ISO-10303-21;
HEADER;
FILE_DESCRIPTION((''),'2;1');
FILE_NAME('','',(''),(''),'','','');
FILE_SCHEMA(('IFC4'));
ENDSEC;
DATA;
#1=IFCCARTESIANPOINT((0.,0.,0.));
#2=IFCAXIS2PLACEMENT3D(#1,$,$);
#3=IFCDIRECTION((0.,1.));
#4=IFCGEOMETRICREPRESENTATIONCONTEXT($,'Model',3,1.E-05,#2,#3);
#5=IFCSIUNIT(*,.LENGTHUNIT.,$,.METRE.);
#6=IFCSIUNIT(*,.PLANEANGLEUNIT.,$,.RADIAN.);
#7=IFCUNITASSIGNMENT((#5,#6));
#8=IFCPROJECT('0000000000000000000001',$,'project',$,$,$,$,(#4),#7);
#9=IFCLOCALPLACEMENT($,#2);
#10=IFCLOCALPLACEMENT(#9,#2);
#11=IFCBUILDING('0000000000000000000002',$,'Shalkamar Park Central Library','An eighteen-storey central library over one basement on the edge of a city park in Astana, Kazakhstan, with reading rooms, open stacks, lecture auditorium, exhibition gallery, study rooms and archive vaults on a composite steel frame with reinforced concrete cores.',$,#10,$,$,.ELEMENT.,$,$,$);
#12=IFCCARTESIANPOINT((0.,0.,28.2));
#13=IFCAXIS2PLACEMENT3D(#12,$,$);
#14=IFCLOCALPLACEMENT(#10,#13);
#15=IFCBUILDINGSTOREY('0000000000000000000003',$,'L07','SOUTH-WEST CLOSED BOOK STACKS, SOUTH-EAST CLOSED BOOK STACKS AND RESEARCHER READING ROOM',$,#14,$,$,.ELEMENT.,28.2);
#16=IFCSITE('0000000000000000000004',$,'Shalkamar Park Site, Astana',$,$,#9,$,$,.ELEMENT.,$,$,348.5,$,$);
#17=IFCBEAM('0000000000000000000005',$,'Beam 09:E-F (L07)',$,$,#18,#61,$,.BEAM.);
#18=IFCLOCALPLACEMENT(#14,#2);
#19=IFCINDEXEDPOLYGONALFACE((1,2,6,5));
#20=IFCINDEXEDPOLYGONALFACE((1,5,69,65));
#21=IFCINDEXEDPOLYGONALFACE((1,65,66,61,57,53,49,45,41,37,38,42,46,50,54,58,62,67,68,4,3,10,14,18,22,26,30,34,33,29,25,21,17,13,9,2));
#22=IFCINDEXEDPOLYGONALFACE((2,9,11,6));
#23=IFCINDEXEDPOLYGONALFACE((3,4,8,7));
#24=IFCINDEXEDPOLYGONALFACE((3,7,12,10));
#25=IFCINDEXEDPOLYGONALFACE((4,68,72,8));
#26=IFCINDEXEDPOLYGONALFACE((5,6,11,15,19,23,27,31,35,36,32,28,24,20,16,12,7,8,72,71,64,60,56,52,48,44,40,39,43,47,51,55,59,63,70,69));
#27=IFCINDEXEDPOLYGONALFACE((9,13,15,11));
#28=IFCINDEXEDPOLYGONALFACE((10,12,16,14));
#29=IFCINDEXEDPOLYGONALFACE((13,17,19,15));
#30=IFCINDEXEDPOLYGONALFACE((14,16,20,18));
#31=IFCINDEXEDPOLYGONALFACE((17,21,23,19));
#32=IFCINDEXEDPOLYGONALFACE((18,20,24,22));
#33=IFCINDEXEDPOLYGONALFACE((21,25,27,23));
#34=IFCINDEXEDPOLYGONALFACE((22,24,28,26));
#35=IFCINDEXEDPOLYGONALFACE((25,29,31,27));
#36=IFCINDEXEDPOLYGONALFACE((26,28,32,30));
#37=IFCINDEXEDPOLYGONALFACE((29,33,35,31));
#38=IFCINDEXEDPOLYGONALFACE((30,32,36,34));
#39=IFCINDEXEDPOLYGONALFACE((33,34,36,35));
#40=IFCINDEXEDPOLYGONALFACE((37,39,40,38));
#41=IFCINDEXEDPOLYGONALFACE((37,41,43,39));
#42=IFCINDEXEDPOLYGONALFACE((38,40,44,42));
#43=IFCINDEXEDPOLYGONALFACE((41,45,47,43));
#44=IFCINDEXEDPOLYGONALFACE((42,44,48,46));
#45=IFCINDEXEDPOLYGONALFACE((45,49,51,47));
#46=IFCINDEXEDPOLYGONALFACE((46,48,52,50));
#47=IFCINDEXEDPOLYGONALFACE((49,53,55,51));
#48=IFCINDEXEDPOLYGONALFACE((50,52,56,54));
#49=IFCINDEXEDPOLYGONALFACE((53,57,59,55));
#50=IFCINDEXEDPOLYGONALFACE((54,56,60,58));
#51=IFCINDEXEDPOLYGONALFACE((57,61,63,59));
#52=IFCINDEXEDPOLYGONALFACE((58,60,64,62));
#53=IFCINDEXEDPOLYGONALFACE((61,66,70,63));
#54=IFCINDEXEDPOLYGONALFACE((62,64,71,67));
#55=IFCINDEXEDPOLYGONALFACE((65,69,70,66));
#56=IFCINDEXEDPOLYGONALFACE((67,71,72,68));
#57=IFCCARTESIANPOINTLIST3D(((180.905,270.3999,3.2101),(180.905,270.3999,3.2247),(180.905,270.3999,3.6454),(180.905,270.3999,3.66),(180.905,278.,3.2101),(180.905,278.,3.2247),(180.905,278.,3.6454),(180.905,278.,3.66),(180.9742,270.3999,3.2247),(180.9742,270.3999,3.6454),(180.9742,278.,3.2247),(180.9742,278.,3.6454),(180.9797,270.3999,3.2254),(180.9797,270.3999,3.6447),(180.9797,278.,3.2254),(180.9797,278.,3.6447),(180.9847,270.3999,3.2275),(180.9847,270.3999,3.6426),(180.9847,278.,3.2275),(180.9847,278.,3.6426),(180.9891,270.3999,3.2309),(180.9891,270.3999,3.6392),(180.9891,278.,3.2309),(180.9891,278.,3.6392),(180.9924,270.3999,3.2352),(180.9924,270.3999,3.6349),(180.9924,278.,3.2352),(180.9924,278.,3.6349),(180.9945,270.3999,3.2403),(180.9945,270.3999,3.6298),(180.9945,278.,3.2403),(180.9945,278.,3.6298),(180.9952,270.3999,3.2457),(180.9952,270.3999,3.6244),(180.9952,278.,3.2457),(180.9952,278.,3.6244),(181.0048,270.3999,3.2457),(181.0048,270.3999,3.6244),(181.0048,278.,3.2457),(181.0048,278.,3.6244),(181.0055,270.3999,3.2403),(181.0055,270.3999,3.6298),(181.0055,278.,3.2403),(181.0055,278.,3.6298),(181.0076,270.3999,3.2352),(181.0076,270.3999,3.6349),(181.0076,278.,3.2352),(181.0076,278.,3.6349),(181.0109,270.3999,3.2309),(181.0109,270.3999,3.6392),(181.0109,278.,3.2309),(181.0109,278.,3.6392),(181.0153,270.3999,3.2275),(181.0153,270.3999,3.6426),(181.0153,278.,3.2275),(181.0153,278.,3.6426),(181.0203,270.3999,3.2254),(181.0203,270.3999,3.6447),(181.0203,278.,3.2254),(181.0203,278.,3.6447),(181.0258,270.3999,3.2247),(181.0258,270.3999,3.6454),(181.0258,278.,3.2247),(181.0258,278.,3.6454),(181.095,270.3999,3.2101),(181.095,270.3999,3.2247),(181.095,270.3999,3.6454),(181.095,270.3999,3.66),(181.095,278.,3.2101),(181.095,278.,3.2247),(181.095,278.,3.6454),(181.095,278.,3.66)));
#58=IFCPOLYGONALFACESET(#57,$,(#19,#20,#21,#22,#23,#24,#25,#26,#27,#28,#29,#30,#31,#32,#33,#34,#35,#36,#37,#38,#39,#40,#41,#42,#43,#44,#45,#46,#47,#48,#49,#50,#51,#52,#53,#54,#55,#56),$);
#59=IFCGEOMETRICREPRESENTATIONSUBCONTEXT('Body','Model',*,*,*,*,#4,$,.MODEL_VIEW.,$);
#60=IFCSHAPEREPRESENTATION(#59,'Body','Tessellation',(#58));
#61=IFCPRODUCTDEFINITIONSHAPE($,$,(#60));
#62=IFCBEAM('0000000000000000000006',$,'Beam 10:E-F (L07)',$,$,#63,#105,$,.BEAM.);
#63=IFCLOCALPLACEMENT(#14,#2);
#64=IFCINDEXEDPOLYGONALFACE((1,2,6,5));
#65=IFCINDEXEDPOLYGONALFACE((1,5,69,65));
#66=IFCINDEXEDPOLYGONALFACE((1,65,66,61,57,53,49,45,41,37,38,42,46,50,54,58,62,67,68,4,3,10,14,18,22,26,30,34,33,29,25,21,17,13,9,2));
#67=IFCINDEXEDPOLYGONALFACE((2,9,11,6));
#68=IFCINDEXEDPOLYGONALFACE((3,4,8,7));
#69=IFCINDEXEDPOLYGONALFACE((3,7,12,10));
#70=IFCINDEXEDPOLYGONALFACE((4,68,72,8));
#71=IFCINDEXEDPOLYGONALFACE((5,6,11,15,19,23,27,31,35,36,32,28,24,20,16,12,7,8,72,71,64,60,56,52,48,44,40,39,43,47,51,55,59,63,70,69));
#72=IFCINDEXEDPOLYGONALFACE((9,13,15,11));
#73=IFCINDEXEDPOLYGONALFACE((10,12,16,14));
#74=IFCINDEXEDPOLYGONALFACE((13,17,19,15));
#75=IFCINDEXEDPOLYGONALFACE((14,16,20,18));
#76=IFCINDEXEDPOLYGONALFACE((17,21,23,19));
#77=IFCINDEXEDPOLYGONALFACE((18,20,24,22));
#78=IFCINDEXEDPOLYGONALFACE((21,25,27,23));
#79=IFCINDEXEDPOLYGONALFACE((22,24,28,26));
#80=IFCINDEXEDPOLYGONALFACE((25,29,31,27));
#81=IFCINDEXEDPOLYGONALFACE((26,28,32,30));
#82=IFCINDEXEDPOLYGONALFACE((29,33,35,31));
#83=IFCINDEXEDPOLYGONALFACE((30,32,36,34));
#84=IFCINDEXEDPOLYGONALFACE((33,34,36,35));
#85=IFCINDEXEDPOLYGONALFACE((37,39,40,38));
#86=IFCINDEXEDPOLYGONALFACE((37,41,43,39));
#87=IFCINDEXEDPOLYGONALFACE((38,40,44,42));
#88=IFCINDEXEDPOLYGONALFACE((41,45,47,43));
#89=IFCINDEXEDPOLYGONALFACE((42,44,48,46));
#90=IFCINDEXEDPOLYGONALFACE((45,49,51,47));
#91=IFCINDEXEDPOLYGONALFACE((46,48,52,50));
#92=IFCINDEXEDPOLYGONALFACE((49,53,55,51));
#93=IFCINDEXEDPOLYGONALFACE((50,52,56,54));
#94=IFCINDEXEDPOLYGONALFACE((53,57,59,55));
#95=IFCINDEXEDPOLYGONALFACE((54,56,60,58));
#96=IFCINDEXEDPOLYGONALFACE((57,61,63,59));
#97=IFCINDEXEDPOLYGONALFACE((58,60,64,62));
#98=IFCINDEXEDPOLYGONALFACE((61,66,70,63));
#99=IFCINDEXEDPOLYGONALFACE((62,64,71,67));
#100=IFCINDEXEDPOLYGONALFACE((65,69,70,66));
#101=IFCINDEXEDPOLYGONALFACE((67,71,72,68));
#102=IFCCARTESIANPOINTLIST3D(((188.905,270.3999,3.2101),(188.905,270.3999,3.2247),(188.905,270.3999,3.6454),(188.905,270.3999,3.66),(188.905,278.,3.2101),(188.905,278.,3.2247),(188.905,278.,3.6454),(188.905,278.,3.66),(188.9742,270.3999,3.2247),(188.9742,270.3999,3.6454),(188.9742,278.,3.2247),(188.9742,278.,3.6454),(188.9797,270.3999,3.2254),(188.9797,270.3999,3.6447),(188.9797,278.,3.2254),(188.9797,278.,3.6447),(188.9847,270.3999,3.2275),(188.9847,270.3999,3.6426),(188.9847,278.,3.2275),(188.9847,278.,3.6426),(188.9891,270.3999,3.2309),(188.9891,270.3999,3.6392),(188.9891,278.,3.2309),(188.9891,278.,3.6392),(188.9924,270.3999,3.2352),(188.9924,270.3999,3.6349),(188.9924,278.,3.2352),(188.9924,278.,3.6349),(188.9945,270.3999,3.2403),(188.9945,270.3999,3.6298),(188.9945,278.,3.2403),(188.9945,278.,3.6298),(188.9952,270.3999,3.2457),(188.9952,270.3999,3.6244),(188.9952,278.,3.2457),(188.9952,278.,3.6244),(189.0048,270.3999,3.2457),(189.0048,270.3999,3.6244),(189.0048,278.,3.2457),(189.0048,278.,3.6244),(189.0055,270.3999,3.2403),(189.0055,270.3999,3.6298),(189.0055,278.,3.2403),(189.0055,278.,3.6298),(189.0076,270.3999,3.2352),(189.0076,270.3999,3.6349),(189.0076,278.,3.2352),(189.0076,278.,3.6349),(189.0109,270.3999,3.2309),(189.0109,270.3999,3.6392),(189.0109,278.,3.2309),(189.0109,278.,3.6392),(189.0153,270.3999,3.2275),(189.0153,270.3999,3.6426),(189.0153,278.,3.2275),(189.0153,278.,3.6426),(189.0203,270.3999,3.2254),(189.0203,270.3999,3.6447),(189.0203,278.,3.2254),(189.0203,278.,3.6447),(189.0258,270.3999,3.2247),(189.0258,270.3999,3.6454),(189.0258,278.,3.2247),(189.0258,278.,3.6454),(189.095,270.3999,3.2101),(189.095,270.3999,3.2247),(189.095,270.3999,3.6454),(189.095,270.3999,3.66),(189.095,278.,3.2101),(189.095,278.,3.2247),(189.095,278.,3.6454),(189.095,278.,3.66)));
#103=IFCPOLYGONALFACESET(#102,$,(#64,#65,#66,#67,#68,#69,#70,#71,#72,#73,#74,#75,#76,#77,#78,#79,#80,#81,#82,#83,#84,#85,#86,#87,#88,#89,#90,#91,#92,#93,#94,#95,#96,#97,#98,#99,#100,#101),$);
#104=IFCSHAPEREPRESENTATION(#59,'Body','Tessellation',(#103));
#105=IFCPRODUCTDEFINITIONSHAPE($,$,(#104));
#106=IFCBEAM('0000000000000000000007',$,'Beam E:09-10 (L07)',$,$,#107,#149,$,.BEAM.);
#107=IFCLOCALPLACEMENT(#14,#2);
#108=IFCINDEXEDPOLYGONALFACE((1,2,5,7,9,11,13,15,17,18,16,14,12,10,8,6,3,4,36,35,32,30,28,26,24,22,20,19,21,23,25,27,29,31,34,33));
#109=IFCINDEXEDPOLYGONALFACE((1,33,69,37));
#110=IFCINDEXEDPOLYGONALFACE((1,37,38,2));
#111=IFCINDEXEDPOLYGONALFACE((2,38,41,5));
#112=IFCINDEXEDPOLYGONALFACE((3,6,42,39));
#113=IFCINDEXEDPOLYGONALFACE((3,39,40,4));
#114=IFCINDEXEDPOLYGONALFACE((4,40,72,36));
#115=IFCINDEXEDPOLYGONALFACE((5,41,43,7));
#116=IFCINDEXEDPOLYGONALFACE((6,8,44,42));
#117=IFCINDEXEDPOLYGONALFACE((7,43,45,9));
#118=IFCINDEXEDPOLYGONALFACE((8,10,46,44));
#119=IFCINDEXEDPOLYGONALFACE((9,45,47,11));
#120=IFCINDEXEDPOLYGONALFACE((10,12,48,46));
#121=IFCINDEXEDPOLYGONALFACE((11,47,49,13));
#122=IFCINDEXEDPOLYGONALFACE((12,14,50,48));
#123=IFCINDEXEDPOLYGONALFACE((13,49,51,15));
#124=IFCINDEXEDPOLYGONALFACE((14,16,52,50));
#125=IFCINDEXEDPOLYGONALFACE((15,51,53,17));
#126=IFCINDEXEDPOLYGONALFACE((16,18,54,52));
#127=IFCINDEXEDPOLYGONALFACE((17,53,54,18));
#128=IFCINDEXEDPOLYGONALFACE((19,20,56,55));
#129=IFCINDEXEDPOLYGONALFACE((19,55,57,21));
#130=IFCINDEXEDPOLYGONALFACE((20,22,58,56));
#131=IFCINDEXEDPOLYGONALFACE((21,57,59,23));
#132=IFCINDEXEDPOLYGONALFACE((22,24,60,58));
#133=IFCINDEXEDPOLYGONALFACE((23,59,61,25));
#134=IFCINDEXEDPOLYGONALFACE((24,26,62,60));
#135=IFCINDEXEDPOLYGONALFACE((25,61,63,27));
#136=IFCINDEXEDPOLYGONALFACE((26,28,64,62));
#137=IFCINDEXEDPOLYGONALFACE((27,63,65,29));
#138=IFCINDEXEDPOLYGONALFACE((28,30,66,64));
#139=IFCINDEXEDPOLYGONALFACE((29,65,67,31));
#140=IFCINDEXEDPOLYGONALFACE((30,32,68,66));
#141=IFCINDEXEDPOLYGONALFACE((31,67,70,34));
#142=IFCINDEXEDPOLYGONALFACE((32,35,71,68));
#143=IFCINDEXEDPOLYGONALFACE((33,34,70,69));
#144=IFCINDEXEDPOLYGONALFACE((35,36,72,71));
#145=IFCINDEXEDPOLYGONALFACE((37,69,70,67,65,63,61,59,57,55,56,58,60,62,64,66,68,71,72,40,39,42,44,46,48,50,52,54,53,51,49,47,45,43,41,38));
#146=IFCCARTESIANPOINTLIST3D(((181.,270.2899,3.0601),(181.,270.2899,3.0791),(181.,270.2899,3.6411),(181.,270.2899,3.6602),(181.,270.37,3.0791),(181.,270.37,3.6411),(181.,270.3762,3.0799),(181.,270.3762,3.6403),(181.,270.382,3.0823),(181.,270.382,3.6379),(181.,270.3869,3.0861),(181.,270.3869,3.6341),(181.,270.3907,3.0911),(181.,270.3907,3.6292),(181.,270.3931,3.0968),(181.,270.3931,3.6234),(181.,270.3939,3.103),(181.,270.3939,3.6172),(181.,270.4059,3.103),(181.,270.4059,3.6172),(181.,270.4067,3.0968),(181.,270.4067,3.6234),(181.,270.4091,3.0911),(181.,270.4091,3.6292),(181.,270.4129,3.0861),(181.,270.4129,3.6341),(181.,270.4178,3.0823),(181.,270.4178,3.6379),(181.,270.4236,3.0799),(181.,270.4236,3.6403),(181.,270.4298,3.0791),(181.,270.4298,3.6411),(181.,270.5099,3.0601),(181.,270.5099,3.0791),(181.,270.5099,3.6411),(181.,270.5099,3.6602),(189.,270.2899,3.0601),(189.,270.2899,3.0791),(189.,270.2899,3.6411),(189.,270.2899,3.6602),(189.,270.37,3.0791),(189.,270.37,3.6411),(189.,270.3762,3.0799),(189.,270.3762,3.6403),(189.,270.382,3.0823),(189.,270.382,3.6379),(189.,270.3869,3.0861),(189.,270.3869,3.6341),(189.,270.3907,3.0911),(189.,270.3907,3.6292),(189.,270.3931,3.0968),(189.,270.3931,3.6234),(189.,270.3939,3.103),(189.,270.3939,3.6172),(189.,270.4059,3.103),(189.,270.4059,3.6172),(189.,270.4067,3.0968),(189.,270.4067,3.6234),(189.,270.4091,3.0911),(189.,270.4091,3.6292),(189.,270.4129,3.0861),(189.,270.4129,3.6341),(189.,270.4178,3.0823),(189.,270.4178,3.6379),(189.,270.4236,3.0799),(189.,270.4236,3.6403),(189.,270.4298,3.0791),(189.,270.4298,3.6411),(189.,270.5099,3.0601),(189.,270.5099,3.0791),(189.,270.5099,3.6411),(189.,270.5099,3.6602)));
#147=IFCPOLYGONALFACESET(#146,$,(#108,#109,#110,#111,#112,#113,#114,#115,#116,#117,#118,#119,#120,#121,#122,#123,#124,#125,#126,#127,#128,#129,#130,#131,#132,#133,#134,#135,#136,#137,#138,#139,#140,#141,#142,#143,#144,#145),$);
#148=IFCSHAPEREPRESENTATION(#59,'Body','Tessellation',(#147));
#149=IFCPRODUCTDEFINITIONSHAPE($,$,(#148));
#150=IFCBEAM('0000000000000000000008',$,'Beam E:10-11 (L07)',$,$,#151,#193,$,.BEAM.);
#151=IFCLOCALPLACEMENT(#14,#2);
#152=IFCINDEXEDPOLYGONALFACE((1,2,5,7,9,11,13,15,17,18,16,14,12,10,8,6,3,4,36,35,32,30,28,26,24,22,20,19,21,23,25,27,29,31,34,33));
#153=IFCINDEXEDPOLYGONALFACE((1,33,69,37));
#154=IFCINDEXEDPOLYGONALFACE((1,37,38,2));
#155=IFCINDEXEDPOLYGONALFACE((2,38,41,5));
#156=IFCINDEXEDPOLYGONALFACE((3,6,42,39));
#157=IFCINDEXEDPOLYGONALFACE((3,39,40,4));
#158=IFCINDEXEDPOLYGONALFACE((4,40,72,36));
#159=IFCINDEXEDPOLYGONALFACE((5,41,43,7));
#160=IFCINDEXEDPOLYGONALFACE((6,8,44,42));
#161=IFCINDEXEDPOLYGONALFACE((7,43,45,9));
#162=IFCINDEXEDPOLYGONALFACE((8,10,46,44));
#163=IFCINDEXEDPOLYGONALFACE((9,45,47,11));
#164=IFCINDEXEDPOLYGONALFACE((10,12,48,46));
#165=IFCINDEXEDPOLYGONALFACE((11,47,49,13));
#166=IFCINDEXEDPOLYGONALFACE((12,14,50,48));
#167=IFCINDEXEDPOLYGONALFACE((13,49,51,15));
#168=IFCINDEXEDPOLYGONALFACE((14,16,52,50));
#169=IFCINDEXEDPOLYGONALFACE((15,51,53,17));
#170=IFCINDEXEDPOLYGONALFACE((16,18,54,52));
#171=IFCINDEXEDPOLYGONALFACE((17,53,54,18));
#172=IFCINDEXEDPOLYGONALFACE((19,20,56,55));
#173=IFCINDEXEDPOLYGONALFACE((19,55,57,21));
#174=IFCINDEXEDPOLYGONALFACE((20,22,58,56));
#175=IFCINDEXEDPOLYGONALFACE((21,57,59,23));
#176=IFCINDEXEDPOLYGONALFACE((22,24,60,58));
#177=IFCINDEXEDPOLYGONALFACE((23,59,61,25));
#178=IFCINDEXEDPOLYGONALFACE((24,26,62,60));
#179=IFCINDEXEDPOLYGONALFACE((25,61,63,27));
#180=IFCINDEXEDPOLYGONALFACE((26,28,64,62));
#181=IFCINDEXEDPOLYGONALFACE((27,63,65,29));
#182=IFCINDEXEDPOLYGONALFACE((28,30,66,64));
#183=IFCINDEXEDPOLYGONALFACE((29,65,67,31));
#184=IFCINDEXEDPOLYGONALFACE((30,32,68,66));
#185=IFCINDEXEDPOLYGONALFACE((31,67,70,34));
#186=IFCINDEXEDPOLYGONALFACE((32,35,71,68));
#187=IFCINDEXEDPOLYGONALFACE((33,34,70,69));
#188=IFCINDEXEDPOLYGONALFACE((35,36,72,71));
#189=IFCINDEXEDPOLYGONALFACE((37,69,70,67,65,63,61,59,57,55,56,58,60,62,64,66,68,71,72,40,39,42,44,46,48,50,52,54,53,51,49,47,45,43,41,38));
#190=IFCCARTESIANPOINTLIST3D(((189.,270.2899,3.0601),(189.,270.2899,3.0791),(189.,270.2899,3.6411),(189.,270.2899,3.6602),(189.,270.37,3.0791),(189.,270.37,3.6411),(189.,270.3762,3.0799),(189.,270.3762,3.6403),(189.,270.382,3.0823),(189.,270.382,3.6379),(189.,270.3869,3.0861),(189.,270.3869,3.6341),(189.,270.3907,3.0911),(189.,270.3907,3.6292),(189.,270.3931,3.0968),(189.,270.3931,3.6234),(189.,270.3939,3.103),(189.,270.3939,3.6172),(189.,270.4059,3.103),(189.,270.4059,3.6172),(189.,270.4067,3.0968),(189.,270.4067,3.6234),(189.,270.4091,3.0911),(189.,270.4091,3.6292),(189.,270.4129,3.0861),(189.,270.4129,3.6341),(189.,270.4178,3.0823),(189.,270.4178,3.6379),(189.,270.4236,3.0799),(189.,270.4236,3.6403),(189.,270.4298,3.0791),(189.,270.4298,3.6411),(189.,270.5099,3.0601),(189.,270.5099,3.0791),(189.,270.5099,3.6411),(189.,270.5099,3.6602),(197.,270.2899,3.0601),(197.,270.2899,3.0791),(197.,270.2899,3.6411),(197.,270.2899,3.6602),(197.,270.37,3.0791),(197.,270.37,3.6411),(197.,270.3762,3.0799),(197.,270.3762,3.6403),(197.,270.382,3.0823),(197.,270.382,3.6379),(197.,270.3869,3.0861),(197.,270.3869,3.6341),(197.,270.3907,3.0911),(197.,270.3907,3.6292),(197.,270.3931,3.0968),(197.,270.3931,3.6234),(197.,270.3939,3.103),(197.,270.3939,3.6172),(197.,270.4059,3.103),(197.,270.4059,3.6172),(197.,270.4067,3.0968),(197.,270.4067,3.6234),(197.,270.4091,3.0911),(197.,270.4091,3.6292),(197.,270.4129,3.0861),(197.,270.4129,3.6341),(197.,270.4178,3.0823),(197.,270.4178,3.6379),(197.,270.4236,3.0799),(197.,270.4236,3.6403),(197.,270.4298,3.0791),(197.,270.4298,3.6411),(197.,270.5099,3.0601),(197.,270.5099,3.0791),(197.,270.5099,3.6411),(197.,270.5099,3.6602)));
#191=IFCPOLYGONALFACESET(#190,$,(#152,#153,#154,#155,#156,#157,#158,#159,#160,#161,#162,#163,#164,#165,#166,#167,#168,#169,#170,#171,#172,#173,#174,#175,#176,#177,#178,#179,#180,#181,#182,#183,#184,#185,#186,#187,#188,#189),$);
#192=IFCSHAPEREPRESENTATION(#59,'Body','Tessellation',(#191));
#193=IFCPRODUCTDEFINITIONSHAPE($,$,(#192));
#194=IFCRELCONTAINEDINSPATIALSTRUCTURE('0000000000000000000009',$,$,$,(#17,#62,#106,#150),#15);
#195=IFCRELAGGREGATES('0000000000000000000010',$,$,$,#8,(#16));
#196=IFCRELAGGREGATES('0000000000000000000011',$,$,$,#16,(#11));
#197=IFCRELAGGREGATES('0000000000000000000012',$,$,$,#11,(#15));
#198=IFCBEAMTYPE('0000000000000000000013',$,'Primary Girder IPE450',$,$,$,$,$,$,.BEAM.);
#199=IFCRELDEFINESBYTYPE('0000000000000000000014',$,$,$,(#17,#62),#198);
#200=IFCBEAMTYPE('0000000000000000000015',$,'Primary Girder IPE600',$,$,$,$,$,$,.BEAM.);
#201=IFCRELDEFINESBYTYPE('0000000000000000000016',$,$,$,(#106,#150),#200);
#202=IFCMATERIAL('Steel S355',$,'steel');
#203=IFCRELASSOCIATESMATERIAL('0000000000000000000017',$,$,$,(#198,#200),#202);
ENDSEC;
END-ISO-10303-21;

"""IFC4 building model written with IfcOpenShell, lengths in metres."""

from ifc_helpers import new_model, si_unit, direction, frame, origin, origin_2d, place, context, subcontext, project, spatial, i_section, extrude, material, material_profile, profile_set, type_object, element, save


model = new_model("IFC4")

# Units and contexts
model_context = context("Model", 3, precision=1e-05, world=origin(), true_north=direction((0.0, 1.0)))
body_context = subcontext(model_context, "Body", "Model", "MODEL_VIEW")
ifc_project = project(units=[si_unit("LENGTHUNIT", "METRE"), si_unit("PLANEANGLEUNIT", "RADIAN")], contexts=[model_context])

# Site, building, storey
site_placement = place(None, origin())
site = spatial("IfcSite", under=ifc_project, at=site_placement, Name="Shalkamar Park Site, Astana", CompositionType="ELEMENT", RefElevation=348.5)
building_placement = place(site_placement, origin())
building = spatial("IfcBuilding", under=site, at=building_placement, Name="Shalkamar Park Central Library", Description="An eighteen-storey central library over one basement on the edge of a city park in Astana, Kazakhstan, with reading rooms, open stacks, lecture auditorium, exhibition gallery, study rooms and archive vaults on a composite steel frame with reinforced concrete cores.", CompositionType="ELEMENT")
storey_placement = place(building_placement, frame((0.0, 0.0, 28.2)))
storey = spatial("IfcBuildingStorey", under=building, at=storey_placement, Name="L07", Description="SOUTH-WEST CLOSED BOOK STACKS, SOUTH-EAST CLOSED BOOK STACKS AND RESEARCHER READING ROOM", CompositionType="ELEMENT", Elevation=28.2)

# Shared definitions
ifc_material = material(Name="Steel S355", Category="steel")

# Beams
ifc_material_profile_1 = material_profile(ifc_material, i_section(OverallWidth=0.1899, OverallDepth=0.45, WebThickness=0.0095, FlangeThickness=0.0146, FilletRadius=0.021, at=origin_2d()), Name="IPE 450")
ifc_profile_set_1 = profile_set([ifc_material_profile_1], Name="Steel S355")
beam_type_1 = type_object("IfcBeamType", Name="Primary Girder IPE450", PredefinedType="BEAM", material=ifc_profile_set_1)
for number, where, z_axis, x_axis, name in (
    (1, (181.0, 270.3999, 3.4351), (0.0, 1.0, 0.0), (-1.0, 0.0, 0.0), "Beam 09:E-F (L07)"),
    (2, (189.0, 270.3999, 3.4351), (0.0, 1.0, 0.0), (-1.0, 0.0, 0.0), "Beam 10:E-F (L07)"),
):
    element("IfcBeam", number, at=place(storey_placement, frame(where, z_axis=z_axis, x_axis=x_axis)), inside=storey, type_object=beam_type_1, Name=name, PredefinedType="BEAM", context=body_context, shape_type="SweptSolid", body=[
        extrude(i_section(OverallWidth=0.1899, OverallDepth=0.45, WebThickness=0.0095, FlangeThickness=0.0146, FilletRadius=0.021, at=origin_2d()), origin(), (0.0, 0.0, 1.0), 7.6001),
    ])
ifc_material_profile_2 = material_profile(ifc_material, i_section(OverallWidth=0.22, OverallDepth=0.6001, WebThickness=0.012, FlangeThickness=0.019, FilletRadius=0.0239, at=origin_2d()), Name="IPE 600")
ifc_profile_set_2 = profile_set([ifc_material_profile_2], Name="Steel S355")
beam_type_2 = type_object("IfcBeamType", Name="Primary Girder IPE600", PredefinedType="BEAM", material=ifc_profile_set_2)
for number, where, z_axis, x_axis, name in (
    (3, (181.0, 270.3999, 3.3601), (1.0, 0.0, 0.0), (0.0, 1.0, 0.0), "Beam E:09-10 (L07)"),
    (4, (189.0, 270.3999, 3.3601), (1.0, 0.0, 0.0), (0.0, 1.0, 0.0), "Beam E:10-11 (L07)"),
):
    element("IfcBeam", number, at=place(storey_placement, frame(where, z_axis=z_axis, x_axis=x_axis)), inside=storey, type_object=beam_type_2, Name=name, PredefinedType="BEAM", context=body_context, shape_type="SweptSolid", body=[
        extrude(i_section(OverallWidth=0.22, OverallDepth=0.6001, WebThickness=0.012, FlangeThickness=0.019, FilletRadius=0.0239, at=origin_2d()), origin(), (0.0, 0.0, 1.0), 8.0),
    ])

save(model, "model.ifc")
